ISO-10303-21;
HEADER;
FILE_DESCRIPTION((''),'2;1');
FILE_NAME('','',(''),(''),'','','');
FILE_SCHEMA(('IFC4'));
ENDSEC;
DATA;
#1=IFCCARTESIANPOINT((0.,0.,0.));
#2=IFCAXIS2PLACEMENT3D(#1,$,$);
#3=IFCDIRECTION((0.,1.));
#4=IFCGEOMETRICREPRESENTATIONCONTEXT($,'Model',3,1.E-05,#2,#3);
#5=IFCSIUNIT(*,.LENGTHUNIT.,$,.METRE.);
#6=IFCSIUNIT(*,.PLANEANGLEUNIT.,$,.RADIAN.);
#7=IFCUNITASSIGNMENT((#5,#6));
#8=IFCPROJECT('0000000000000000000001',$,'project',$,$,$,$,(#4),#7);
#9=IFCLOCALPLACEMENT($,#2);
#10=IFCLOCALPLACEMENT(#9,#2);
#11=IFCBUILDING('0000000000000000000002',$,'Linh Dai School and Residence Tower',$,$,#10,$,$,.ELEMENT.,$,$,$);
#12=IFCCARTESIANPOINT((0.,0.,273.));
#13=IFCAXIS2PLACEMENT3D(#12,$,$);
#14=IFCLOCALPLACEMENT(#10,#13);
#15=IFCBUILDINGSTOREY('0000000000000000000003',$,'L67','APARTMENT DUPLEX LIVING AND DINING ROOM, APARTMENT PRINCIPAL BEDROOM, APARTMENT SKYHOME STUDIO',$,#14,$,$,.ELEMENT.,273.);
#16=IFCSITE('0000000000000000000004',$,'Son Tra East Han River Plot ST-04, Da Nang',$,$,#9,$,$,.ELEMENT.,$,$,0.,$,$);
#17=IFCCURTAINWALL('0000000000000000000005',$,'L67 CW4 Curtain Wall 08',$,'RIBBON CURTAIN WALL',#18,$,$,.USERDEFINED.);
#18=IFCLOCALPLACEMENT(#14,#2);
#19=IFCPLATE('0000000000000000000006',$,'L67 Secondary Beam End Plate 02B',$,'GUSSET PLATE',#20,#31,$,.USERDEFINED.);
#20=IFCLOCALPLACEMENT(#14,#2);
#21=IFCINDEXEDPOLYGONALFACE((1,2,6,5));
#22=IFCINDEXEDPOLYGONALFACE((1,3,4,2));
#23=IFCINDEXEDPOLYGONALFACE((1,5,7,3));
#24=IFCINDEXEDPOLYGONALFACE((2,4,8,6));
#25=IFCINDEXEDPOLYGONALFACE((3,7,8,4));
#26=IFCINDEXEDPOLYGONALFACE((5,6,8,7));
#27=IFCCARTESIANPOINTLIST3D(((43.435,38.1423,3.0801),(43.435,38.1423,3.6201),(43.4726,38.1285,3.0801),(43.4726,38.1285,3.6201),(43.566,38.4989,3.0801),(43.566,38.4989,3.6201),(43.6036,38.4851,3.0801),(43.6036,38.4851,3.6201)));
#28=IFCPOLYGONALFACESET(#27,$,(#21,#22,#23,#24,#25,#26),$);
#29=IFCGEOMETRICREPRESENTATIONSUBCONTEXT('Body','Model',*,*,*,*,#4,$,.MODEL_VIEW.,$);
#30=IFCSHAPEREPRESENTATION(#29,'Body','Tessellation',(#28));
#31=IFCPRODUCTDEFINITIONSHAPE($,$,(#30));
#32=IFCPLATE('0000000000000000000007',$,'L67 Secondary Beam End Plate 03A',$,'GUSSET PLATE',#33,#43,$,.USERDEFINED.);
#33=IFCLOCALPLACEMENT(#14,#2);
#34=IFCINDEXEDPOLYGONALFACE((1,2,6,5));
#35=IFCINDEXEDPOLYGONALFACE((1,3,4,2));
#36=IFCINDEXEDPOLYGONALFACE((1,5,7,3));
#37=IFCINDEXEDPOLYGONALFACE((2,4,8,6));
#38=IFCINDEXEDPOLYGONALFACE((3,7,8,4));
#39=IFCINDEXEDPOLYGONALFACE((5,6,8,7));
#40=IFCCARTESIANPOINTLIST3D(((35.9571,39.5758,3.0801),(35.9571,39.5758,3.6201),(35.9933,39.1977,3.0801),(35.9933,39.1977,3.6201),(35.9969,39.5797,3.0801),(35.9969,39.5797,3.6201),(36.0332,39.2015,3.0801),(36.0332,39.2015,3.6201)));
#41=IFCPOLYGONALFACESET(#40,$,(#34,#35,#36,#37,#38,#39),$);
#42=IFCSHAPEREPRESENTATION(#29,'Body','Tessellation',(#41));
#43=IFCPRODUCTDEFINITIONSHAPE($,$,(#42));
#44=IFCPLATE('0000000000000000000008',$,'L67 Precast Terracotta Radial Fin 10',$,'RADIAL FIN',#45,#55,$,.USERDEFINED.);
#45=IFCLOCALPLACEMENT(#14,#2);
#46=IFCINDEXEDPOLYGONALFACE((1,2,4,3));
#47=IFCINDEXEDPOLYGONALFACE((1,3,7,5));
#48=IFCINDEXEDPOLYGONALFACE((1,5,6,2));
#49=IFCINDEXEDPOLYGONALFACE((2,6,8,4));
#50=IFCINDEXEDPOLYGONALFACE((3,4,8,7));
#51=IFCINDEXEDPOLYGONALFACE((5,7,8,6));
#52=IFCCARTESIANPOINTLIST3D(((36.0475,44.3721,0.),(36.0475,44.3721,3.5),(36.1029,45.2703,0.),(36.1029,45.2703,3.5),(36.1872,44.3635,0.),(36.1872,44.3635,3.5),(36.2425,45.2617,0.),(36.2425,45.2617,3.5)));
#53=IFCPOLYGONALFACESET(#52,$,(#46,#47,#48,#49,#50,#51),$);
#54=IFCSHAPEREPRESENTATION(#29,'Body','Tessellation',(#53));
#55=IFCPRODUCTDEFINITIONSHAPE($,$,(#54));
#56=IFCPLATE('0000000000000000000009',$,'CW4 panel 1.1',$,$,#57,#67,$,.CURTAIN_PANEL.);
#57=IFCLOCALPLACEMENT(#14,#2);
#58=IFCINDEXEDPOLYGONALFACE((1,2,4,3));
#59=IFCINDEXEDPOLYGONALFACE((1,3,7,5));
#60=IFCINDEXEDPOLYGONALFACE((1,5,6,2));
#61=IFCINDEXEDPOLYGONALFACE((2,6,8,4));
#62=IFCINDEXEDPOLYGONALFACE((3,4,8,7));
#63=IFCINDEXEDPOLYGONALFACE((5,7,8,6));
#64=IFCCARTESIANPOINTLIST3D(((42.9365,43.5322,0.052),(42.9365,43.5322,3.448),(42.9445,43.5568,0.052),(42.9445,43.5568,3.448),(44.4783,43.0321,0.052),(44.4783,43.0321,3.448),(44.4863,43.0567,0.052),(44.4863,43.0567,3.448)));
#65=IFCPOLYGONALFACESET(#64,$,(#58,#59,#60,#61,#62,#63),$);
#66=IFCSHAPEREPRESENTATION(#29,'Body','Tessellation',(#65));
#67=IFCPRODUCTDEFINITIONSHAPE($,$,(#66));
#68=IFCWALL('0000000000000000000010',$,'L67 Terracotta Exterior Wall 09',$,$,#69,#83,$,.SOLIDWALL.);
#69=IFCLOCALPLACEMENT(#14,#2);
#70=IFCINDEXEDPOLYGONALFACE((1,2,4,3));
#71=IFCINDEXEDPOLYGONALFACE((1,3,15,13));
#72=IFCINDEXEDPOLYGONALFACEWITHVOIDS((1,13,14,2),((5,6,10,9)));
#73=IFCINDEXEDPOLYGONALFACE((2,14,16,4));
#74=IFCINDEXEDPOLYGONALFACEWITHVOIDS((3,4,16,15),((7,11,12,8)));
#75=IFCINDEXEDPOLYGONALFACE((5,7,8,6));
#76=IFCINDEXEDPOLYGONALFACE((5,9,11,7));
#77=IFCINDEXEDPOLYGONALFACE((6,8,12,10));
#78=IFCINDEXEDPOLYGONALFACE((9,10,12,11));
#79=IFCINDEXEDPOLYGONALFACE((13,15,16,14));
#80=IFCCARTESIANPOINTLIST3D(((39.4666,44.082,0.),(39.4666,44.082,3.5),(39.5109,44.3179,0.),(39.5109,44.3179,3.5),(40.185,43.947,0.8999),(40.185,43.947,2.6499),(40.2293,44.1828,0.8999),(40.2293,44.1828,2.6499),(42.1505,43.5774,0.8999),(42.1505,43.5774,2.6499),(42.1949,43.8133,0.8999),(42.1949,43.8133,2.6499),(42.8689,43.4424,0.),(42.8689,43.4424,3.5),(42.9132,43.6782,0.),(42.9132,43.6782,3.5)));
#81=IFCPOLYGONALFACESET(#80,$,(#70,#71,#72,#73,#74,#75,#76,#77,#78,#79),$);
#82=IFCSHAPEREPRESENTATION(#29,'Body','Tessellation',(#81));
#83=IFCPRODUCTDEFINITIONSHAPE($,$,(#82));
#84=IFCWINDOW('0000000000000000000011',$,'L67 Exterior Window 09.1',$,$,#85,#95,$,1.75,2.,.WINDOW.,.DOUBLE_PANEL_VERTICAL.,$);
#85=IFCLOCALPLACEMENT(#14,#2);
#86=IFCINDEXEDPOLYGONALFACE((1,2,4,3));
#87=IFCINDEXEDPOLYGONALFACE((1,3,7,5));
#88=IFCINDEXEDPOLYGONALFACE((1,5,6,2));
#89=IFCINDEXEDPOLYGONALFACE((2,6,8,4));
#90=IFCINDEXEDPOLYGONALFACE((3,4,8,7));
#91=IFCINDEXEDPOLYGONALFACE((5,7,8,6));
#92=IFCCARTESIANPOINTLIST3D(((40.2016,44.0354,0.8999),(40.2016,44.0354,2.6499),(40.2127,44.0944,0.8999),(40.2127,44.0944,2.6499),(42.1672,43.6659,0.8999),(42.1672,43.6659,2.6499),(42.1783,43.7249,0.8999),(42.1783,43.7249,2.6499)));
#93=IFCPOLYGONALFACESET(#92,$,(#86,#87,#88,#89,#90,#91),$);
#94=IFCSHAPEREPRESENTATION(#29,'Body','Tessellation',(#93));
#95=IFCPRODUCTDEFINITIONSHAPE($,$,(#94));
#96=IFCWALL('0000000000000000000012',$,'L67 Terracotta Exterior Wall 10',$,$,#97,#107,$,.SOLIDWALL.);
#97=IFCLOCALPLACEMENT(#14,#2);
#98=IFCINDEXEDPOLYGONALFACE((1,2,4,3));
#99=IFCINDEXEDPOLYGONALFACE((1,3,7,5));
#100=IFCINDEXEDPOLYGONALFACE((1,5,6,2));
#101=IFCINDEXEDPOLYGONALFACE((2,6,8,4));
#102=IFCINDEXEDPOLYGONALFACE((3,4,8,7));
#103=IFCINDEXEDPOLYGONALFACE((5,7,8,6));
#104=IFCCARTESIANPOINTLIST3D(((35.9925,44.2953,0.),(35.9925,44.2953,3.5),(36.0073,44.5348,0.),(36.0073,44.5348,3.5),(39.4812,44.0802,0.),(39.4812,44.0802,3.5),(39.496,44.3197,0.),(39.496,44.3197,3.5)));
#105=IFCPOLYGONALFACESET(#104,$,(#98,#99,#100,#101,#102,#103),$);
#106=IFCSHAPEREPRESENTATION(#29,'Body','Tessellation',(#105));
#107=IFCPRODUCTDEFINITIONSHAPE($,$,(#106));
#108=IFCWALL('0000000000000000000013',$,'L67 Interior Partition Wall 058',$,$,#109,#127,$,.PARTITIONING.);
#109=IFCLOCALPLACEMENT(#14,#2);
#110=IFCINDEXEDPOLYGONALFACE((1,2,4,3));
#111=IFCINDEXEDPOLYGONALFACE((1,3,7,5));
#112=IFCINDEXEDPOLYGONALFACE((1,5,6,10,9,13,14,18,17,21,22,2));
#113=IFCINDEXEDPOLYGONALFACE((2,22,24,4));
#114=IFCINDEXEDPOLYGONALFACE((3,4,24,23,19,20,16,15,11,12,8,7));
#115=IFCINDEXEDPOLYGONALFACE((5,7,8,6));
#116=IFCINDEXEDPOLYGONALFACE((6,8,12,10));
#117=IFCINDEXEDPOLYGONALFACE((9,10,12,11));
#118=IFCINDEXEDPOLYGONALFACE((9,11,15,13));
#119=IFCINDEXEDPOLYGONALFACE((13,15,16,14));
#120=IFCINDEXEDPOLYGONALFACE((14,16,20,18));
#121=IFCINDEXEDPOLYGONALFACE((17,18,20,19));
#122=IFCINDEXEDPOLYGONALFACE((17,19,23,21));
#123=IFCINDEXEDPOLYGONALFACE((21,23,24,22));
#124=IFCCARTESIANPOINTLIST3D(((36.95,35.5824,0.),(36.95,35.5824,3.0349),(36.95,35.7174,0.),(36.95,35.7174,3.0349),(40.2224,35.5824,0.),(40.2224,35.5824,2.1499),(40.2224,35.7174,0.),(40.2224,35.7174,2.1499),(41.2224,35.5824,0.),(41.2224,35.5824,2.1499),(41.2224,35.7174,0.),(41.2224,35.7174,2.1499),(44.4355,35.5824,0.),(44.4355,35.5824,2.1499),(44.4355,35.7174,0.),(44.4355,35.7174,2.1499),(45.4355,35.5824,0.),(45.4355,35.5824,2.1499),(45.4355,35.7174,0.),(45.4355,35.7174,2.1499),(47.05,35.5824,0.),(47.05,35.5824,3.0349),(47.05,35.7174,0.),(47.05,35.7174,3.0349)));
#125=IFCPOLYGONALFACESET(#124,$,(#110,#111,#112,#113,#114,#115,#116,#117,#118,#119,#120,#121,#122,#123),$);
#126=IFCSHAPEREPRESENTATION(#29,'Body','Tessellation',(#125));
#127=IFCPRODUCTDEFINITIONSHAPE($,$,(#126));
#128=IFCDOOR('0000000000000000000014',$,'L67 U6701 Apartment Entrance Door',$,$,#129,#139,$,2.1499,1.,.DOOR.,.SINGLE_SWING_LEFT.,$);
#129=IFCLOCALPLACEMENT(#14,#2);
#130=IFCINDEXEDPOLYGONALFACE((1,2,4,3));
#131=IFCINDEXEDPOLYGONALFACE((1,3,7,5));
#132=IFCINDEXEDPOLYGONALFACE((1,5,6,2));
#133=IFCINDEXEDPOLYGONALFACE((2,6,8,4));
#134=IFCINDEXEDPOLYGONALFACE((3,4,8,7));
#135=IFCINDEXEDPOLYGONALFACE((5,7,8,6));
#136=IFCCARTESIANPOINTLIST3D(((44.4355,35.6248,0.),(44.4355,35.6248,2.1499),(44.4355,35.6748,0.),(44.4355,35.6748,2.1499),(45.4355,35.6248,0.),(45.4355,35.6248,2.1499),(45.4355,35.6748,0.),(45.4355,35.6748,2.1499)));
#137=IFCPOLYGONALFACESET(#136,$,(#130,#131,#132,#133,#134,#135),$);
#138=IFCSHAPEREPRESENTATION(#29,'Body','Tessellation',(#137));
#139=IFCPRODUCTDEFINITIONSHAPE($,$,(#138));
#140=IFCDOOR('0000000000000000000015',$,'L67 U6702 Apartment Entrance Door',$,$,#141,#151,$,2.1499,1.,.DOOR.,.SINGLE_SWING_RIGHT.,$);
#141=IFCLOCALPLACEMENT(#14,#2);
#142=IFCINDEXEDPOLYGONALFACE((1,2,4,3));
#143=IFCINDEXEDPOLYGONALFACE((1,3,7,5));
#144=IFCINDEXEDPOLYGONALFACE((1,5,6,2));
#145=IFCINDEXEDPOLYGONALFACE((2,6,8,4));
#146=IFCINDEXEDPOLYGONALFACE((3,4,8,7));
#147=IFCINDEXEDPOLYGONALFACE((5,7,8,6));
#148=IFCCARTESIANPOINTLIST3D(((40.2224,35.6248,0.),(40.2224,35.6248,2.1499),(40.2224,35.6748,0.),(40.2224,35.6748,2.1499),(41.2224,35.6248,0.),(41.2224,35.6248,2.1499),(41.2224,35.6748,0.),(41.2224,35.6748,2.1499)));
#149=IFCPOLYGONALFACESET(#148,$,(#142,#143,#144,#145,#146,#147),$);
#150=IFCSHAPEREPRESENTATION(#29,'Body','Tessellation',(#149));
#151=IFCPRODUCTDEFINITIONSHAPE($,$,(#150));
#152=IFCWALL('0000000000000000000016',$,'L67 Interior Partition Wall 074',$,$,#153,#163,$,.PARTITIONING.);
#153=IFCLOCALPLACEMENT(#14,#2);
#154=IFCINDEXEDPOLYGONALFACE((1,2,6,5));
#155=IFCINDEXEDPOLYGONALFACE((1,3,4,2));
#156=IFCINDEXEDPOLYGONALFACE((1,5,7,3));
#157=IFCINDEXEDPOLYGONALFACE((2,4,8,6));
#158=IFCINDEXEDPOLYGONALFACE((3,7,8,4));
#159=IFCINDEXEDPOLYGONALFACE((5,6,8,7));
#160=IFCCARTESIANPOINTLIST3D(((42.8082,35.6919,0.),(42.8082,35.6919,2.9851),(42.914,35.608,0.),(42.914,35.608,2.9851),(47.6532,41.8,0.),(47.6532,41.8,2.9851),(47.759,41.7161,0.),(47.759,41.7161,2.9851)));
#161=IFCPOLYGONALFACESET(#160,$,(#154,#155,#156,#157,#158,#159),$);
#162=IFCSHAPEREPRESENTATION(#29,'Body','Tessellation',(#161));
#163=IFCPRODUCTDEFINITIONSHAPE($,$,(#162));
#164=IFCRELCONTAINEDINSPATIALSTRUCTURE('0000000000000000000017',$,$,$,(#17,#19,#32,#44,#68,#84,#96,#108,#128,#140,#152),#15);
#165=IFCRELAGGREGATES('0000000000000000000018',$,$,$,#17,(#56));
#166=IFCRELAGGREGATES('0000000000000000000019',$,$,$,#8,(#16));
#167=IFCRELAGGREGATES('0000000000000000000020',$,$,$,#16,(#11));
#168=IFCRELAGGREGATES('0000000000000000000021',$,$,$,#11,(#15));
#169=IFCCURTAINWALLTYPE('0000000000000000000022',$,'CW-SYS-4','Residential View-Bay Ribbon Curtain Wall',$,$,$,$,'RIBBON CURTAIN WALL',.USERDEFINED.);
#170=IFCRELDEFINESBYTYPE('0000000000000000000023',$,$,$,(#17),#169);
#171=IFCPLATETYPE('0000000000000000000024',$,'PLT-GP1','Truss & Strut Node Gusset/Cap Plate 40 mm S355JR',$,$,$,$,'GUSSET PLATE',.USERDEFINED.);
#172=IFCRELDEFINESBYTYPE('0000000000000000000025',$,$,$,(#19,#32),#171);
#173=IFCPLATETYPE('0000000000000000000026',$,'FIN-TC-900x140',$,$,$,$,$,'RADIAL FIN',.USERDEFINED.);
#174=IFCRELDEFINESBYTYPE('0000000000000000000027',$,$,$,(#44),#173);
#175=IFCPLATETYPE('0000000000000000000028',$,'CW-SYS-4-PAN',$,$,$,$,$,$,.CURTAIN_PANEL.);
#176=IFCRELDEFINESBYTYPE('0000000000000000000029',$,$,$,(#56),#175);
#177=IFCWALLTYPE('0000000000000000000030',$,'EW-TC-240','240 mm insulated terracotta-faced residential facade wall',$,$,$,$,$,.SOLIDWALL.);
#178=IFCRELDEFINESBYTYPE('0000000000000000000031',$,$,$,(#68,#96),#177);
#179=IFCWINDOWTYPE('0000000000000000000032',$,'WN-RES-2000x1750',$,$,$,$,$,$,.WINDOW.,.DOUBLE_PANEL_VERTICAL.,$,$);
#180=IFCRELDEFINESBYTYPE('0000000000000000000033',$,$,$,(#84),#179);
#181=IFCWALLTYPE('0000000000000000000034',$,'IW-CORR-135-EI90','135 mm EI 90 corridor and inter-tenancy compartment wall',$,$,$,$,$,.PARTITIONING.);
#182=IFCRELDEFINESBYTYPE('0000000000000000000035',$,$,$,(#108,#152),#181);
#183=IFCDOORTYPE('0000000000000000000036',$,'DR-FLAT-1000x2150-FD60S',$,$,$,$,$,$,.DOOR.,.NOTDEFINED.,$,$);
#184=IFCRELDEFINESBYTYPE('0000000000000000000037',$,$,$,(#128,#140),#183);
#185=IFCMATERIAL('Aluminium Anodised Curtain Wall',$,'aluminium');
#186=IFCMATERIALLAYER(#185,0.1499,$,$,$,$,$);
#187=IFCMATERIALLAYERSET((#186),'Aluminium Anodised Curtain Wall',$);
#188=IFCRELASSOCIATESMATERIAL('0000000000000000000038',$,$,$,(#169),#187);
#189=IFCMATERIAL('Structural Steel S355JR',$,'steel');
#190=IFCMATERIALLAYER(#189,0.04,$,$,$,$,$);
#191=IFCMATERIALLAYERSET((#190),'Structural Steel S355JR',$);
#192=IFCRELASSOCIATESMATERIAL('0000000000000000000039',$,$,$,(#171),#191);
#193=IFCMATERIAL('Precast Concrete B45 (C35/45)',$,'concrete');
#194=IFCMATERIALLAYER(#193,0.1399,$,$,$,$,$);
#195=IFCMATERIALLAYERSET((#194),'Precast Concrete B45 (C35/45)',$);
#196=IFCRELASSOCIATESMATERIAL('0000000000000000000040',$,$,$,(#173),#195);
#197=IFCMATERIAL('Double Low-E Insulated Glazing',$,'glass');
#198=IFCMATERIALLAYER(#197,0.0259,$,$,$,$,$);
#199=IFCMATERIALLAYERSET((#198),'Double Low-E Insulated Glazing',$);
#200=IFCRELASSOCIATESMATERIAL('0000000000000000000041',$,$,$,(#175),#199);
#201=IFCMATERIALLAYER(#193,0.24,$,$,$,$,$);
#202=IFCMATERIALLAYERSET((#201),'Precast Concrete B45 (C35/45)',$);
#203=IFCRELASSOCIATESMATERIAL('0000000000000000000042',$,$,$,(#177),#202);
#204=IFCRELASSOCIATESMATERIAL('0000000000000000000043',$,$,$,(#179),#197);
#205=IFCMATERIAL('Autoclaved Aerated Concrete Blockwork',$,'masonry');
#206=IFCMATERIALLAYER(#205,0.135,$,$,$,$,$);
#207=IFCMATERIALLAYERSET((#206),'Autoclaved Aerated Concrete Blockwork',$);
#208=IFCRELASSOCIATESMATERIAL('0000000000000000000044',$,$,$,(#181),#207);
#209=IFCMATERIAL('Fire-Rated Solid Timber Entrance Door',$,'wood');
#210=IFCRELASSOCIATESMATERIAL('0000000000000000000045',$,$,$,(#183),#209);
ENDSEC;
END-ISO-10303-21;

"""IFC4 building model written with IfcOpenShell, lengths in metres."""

from ifc_helpers import new_model, si_unit, direction, frame, frame_2d, origin, origin_2d, place, context, subcontext, project, spatial, rectangle, extrude, source, transform, mapped, material, layer, layer_set, type_object, element, fill, aggregate, save


model = new_model("IFC4")

# Units and contexts
model_context = context("Model", 3, precision=1e-05, world=origin(), true_north=direction((0.0, 1.0)))
body_context = subcontext(model_context, "Body", "Model", "MODEL_VIEW")
ifc_project = project(units=[si_unit("LENGTHUNIT", "METRE"), si_unit("PLANEANGLEUNIT", "RADIAN")], contexts=[model_context])

# Site, building, storey
site_placement = place(None, origin())
site = spatial("IfcSite", under=ifc_project, at=site_placement, Name="Son Tra East Han River Plot ST-04, Da Nang", CompositionType="ELEMENT", RefElevation=0.0)
building_placement = place(site_placement, origin())
building = spatial("IfcBuilding", under=site, at=building_placement, Name="Linh Dai School and Residence Tower", CompositionType="ELEMENT")
storey_placement = place(building_placement, frame((0.0, 0.0, 273.0)))
storey = spatial("IfcBuildingStorey", under=building, at=storey_placement, Name="L67", Description="APARTMENT DUPLEX LIVING AND DINING ROOM, APARTMENT PRINCIPAL BEDROOM, APARTMENT SKYHOME STUDIO", CompositionType="ELEMENT", Elevation=273.0)

# Shared definitions
ifc_material_1 = material(Name="Structural Steel S355JR", Category="steel")

# Curtain wall
ifc_material_2 = material(Name="Aluminium Anodised Curtain Wall", Category="aluminium")
ifc_layer_1 = layer(ifc_material_2, 0.1499)
ifc_layer_set_1 = layer_set([ifc_layer_1], Name="Aluminium Anodised Curtain Wall")
curtain_wall_type = type_object("IfcCurtainWallType", Name="CW-SYS-4", Description="Residential View-Bay Ribbon Curtain Wall", ElementType="RIBBON CURTAIN WALL", PredefinedType="USERDEFINED", material=ifc_layer_set_1)
curtain_wall_placement = place(storey_placement, origin())
curtain_wall = element("IfcCurtainWall", 1, at=curtain_wall_placement, inside=storey, type_object=curtain_wall_type, Name="L67 CW4 Curtain Wall 08", ObjectType="RIBBON CURTAIN WALL", PredefinedType="USERDEFINED")

# Plates
ifc_layer_2 = layer(ifc_material_1, 0.04)
ifc_layer_set_2 = layer_set([ifc_layer_2], Name="Structural Steel S355JR")
plate_type_1 = type_object("IfcPlateType", Name="PLT-GP1", Description="Truss & Strut Node Gusset/Cap Plate 40 mm S355JR", ElementType="GUSSET PLATE", PredefinedType="USERDEFINED", material=ifc_layer_set_2)
shared_shape_1 = source(origin(), body_context, "Body", "SweptSolid", [
    extrude(rectangle(XDim=0.04, YDim=0.3799, at=origin_2d()), origin(), (0.0, 0.0, 1.0), 0.54),
])
for number, where, z_axis, x_axis, name in (
    (2, (43.5193, 38.3137, 3.0801), (0.0, 0.0, 1.0), (-0.938695, 0.344748, 0.0), "L67 Secondary Beam End Plate 02B"),
    (3, (35.9951, 39.3887, 3.0801), (0.0, 0.0, 1.0), (-0.995445, -0.095338, 0.0), "L67 Secondary Beam End Plate 03A"),
):
    element("IfcPlate", number, at=place(storey_placement, frame(where, z_axis=z_axis, x_axis=x_axis)), inside=storey, type_object=plate_type_1, Name=name, ObjectType="GUSSET PLATE", PredefinedType="USERDEFINED", context=body_context, shape_type="MappedRepresentation", body=[
        mapped(shared_shape_1, transform((0.0, 0.0, 0.0), x_axis=(1.0, 0.0, 0.0), y_axis=(0.0, 1.0, 0.0), z_axis=(0.0, 0.0, 1.0), scale=1.0)),
    ])
ifc_material_3 = material(Name="Precast Concrete B45 (C35/45)", Category="concrete")
ifc_layer_3 = layer(ifc_material_3, 0.1399)
ifc_layer_set_3 = layer_set([ifc_layer_3], Name="Precast Concrete B45 (C35/45)")
plate_type_2 = type_object("IfcPlateType", Name="FIN-TC-900x140", ElementType="RADIAL FIN", PredefinedType="USERDEFINED", material=ifc_layer_set_3)
shared_shape_2 = source(origin(), body_context, "Body", "SweptSolid", [
    extrude(rectangle(XDim=0.8999, YDim=0.1399, at=origin_2d()), origin(), (0.0, 0.0, 1.0), 3.5),
])
plate_1_placement = place(storey_placement, frame((36.145, 44.8169, 0.0), z_axis=(0.0, 0.0, 1.0), x_axis=(0.06151, 0.998106, 0.0)))
element("IfcPlate", 4, at=plate_1_placement, inside=storey, type_object=plate_type_2, Name="L67 Precast Terracotta Radial Fin 10", ObjectType="RADIAL FIN", PredefinedType="USERDEFINED", context=body_context, shape_type="MappedRepresentation", body=[
    mapped(shared_shape_2, transform((0.0, 0.0, 0.0), x_axis=(1.0, 0.0, 0.0), y_axis=(0.0, 1.0, 0.0), z_axis=(0.0, 0.0, 1.0), scale=1.0)),
])

# Plate
ifc_material_4 = material(Name="Double Low-E Insulated Glazing", Category="glass")
ifc_layer_4 = layer(ifc_material_4, 0.0259)
ifc_layer_set_4 = layer_set([ifc_layer_4], Name="Double Low-E Insulated Glazing")
plate_type_3 = type_object("IfcPlateType", Name="CW-SYS-4-PAN", PredefinedType="CURTAIN_PANEL", material=ifc_layer_set_4)
shared_shape_3 = source(origin(), body_context, "Body", "SweptSolid", [
    extrude(rectangle(XDim=1.6208, YDim=0.0259, at=origin_2d()), origin(), (0.0, 0.0, 1.0), 3.396),
])
plate_2_placement = place(storey_placement, frame((43.7114, 43.2944, 0.052), z_axis=(0.0, 0.0, 1.0), x_axis=(0.951218, -0.308519, 0.0)))
plate_2 = element("IfcPlate", 5, at=plate_2_placement, type_object=plate_type_3, Name="CW4 panel 1.1", PredefinedType="CURTAIN_PANEL", context=body_context, shape_type="MappedRepresentation", body=[
    mapped(shared_shape_3, transform((0.0, 0.0, 0.0), x_axis=(1.0, 0.0, 0.0), y_axis=(0.0, 1.0, 0.0), z_axis=(0.0, 0.0, 1.0), scale=1.0)),
])
aggregate(curtain_wall, [plate_2])

# Wall, opening, window
ifc_layer_5 = layer(ifc_material_3, 0.24)
ifc_layer_set_5 = layer_set([ifc_layer_5], Name="Precast Concrete B45 (C35/45)")
wall_type_1 = type_object("IfcWallType", Name="EW-TC-240", Description="240 mm insulated terracotta-faced residential facade wall", PredefinedType="SOLIDWALL", material=ifc_layer_set_5)
wall_1_placement = place(storey_placement, frame((39.4888, 44.2, 0.0), z_axis=(0.0, 0.0, 1.0), x_axis=(0.982783, -0.184765, 0.0)))
wall_1 = element("IfcWall", 6, at=wall_1_placement, inside=storey, type_object=wall_type_1, Name="L67 Terracotta Exterior Wall 09", PredefinedType="SOLIDWALL", context=body_context, shape_type="SweptSolid", body=[
    extrude(rectangle(XDim=3.4619, YDim=0.24, at=frame_2d((1.731, 0.0))), origin(), (0.0, 0.0, 1.0), 3.5),
])
opening_1_placement = place(wall_1_placement, frame((0.731, 0.0, 0.8999)))
opening_1 = element("IfcOpeningElement", 7, at=opening_1_placement, cuts=wall_1, PredefinedType="OPENING", context=body_context, shape_type="SweptSolid", body=[
    extrude(rectangle(XDim=2.0, YDim=1.75, at=origin_2d()), frame((1.0, 0.1299, 0.875), z_axis=(0.0, -1.0, 0.0), x_axis=(1.0, 0.0, 0.0)), (0.0, 0.0, 1.0), 0.26),
])
window_type = type_object("IfcWindowType", Name="WN-RES-2000x1750", PartitioningType="DOUBLE_PANEL_VERTICAL", PredefinedType="WINDOW", material=ifc_material_4)
shared_shape_4 = source(origin(), body_context, "Body", "SweptSolid", [
    extrude(rectangle(XDim=2.0, YDim=1.75, at=origin_2d()), frame((1.0, 0.03, 0.875), z_axis=(0.0, -1.0, 0.0), x_axis=(1.0, 0.0, 0.0)), (0.0, 0.0, 1.0), 0.0601),
])
window_placement = place(opening_1_placement, origin())
window = element("IfcWindow", 8, at=window_placement, inside=storey, type_object=window_type, Name="L67 Exterior Window 09.1", OverallHeight=1.75, OverallWidth=2.0, PartitioningType="DOUBLE_PANEL_VERTICAL", PredefinedType="WINDOW", context=body_context, shape_type="MappedRepresentation", body=[
    mapped(shared_shape_4, transform((0.0, 0.0, 0.0), x_axis=(1.0, 0.0, 0.0), y_axis=(0.0, 1.0, 0.0), z_axis=(0.0, 0.0, 1.0), scale=1.0)),
])
fill(opening_1, window)

# Wall
wall_2_placement = place(storey_placement, frame((36.0, 44.415, 0.0), z_axis=(0.0, 0.0, 1.0), x_axis=(0.998105, -0.061535, 0.0)))
element("IfcWall", 9, at=wall_2_placement, inside=storey, type_object=wall_type_1, Name="L67 Terracotta Exterior Wall 10", PredefinedType="SOLIDWALL", context=body_context, shape_type="SweptSolid", body=[
    extrude(rectangle(XDim=3.4954, YDim=0.24, at=frame_2d((1.7476, 0.0))), origin(), (0.0, 0.0, 1.0), 3.5),
])

# Wall, openings, doors
ifc_material_5 = material(Name="Autoclaved Aerated Concrete Blockwork", Category="masonry")
ifc_layer_6 = layer(ifc_material_5, 0.135)
ifc_layer_set_6 = layer_set([ifc_layer_6], Name="Autoclaved Aerated Concrete Blockwork")
wall_type_2 = type_object("IfcWallType", Name="IW-CORR-135-EI90", Description="135 mm EI 90 corridor and inter-tenancy compartment wall", PredefinedType="PARTITIONING", material=ifc_layer_set_6)
wall_3_placement = place(storey_placement, frame((36.95, 35.6499, 0.0), z_axis=(0.0, 0.0, 1.0), x_axis=(1.0, 0.0, 0.0)))
wall_3 = element("IfcWall", 10, at=wall_3_placement, inside=storey, type_object=wall_type_2, Name="L67 Interior Partition Wall 058", PredefinedType="PARTITIONING", context=body_context, shape_type="SweptSolid", body=[
    extrude(rectangle(XDim=10.1001, YDim=0.135, at=frame_2d((5.05, 0.0))), origin(), (0.0, 0.0, 1.0), 3.0349),
])
opening_2_placement = place(wall_3_placement, frame((7.4856, 0.0, 0.0)))
opening_2 = element("IfcOpeningElement", 11, at=opening_2_placement, cuts=wall_3, PredefinedType="OPENING", context=body_context, shape_type="SweptSolid", body=[
    extrude(rectangle(XDim=1.0, YDim=2.1499, at=origin_2d()), frame((0.5, 0.0776, 1.075), z_axis=(0.0, -1.0, 0.0), x_axis=(1.0, 0.0, 0.0)), (0.0, 0.0, 1.0), 0.155),
])
opening_3_placement = place(wall_3_placement, frame((3.2725, 0.0, 0.0)))
opening_3 = element("IfcOpeningElement", 12, at=opening_3_placement, cuts=wall_3, PredefinedType="OPENING", context=body_context, shape_type="SweptSolid", body=[
    extrude(rectangle(XDim=1.0, YDim=2.1499, at=origin_2d()), frame((0.5, 0.0776, 1.075), z_axis=(0.0, -1.0, 0.0), x_axis=(1.0, 0.0, 0.0)), (0.0, 0.0, 1.0), 0.155),
])
ifc_material_6 = material(Name="Fire-Rated Solid Timber Entrance Door", Category="wood")
door_type_1 = type_object("IfcDoorType", Name="DR-FLAT-1000x2150-FD60S", OperationType="NOTDEFINED", PredefinedType="DOOR", material=ifc_material_6)
shared_shape_5 = source(origin(), body_context, "Body", "SweptSolid", [
    extrude(rectangle(XDim=1.0, YDim=2.1499, at=origin_2d()), frame((0.5, 0.0249, 1.075), z_axis=(0.0, -1.0, 0.0), x_axis=(1.0, 0.0, 0.0)), (0.0, 0.0, 1.0), 0.05),
])
door_1_placement = place(opening_2_placement, origin())
door_1 = element("IfcDoor", 13, at=door_1_placement, inside=storey, type_object=door_type_1, Name="L67 U6701 Apartment Entrance Door", OperationType="SINGLE_SWING_LEFT", OverallHeight=2.1499, OverallWidth=1.0, PredefinedType="DOOR", context=body_context, shape_type="MappedRepresentation", body=[
    mapped(shared_shape_5, transform((0.0, 0.0, 0.0), x_axis=(1.0, 0.0, 0.0), y_axis=(0.0, 1.0, 0.0), z_axis=(0.0, 0.0, 1.0), scale=1.0)),
])
fill(opening_2, door_1)
door_2_placement = place(opening_3_placement, origin())
door_2 = element("IfcDoor", 14, at=door_2_placement, inside=storey, type_object=door_type_1, Name="L67 U6702 Apartment Entrance Door", OperationType="SINGLE_SWING_RIGHT", OverallHeight=2.1499, OverallWidth=1.0, PredefinedType="DOOR", context=body_context, shape_type="MappedRepresentation", body=[
    mapped(shared_shape_5, transform((0.0, 0.0, 0.0), x_axis=(1.0, 0.0, 0.0), y_axis=(0.0, 1.0, 0.0), z_axis=(0.0, 0.0, 1.0), scale=1.0)),
])
fill(opening_3, door_2)

# Wall
wall_4_placement = place(storey_placement, frame((42.8611, 35.6499, 0.0), z_axis=(0.0, 0.0, 1.0), x_axis=(0.62144, 0.783462, 0.0)))
element("IfcWall", 15, at=wall_4_placement, inside=storey, type_object=wall_type_2, Name="L67 Interior Partition Wall 074", PredefinedType="PARTITIONING", context=body_context, shape_type="SweptSolid", body=[
    extrude(rectangle(XDim=7.7964, YDim=0.135, at=frame_2d((3.8982, 0.0))), origin(), (0.0, 0.0, 1.0), 2.9851),
])

save(model, "model.ifc")
